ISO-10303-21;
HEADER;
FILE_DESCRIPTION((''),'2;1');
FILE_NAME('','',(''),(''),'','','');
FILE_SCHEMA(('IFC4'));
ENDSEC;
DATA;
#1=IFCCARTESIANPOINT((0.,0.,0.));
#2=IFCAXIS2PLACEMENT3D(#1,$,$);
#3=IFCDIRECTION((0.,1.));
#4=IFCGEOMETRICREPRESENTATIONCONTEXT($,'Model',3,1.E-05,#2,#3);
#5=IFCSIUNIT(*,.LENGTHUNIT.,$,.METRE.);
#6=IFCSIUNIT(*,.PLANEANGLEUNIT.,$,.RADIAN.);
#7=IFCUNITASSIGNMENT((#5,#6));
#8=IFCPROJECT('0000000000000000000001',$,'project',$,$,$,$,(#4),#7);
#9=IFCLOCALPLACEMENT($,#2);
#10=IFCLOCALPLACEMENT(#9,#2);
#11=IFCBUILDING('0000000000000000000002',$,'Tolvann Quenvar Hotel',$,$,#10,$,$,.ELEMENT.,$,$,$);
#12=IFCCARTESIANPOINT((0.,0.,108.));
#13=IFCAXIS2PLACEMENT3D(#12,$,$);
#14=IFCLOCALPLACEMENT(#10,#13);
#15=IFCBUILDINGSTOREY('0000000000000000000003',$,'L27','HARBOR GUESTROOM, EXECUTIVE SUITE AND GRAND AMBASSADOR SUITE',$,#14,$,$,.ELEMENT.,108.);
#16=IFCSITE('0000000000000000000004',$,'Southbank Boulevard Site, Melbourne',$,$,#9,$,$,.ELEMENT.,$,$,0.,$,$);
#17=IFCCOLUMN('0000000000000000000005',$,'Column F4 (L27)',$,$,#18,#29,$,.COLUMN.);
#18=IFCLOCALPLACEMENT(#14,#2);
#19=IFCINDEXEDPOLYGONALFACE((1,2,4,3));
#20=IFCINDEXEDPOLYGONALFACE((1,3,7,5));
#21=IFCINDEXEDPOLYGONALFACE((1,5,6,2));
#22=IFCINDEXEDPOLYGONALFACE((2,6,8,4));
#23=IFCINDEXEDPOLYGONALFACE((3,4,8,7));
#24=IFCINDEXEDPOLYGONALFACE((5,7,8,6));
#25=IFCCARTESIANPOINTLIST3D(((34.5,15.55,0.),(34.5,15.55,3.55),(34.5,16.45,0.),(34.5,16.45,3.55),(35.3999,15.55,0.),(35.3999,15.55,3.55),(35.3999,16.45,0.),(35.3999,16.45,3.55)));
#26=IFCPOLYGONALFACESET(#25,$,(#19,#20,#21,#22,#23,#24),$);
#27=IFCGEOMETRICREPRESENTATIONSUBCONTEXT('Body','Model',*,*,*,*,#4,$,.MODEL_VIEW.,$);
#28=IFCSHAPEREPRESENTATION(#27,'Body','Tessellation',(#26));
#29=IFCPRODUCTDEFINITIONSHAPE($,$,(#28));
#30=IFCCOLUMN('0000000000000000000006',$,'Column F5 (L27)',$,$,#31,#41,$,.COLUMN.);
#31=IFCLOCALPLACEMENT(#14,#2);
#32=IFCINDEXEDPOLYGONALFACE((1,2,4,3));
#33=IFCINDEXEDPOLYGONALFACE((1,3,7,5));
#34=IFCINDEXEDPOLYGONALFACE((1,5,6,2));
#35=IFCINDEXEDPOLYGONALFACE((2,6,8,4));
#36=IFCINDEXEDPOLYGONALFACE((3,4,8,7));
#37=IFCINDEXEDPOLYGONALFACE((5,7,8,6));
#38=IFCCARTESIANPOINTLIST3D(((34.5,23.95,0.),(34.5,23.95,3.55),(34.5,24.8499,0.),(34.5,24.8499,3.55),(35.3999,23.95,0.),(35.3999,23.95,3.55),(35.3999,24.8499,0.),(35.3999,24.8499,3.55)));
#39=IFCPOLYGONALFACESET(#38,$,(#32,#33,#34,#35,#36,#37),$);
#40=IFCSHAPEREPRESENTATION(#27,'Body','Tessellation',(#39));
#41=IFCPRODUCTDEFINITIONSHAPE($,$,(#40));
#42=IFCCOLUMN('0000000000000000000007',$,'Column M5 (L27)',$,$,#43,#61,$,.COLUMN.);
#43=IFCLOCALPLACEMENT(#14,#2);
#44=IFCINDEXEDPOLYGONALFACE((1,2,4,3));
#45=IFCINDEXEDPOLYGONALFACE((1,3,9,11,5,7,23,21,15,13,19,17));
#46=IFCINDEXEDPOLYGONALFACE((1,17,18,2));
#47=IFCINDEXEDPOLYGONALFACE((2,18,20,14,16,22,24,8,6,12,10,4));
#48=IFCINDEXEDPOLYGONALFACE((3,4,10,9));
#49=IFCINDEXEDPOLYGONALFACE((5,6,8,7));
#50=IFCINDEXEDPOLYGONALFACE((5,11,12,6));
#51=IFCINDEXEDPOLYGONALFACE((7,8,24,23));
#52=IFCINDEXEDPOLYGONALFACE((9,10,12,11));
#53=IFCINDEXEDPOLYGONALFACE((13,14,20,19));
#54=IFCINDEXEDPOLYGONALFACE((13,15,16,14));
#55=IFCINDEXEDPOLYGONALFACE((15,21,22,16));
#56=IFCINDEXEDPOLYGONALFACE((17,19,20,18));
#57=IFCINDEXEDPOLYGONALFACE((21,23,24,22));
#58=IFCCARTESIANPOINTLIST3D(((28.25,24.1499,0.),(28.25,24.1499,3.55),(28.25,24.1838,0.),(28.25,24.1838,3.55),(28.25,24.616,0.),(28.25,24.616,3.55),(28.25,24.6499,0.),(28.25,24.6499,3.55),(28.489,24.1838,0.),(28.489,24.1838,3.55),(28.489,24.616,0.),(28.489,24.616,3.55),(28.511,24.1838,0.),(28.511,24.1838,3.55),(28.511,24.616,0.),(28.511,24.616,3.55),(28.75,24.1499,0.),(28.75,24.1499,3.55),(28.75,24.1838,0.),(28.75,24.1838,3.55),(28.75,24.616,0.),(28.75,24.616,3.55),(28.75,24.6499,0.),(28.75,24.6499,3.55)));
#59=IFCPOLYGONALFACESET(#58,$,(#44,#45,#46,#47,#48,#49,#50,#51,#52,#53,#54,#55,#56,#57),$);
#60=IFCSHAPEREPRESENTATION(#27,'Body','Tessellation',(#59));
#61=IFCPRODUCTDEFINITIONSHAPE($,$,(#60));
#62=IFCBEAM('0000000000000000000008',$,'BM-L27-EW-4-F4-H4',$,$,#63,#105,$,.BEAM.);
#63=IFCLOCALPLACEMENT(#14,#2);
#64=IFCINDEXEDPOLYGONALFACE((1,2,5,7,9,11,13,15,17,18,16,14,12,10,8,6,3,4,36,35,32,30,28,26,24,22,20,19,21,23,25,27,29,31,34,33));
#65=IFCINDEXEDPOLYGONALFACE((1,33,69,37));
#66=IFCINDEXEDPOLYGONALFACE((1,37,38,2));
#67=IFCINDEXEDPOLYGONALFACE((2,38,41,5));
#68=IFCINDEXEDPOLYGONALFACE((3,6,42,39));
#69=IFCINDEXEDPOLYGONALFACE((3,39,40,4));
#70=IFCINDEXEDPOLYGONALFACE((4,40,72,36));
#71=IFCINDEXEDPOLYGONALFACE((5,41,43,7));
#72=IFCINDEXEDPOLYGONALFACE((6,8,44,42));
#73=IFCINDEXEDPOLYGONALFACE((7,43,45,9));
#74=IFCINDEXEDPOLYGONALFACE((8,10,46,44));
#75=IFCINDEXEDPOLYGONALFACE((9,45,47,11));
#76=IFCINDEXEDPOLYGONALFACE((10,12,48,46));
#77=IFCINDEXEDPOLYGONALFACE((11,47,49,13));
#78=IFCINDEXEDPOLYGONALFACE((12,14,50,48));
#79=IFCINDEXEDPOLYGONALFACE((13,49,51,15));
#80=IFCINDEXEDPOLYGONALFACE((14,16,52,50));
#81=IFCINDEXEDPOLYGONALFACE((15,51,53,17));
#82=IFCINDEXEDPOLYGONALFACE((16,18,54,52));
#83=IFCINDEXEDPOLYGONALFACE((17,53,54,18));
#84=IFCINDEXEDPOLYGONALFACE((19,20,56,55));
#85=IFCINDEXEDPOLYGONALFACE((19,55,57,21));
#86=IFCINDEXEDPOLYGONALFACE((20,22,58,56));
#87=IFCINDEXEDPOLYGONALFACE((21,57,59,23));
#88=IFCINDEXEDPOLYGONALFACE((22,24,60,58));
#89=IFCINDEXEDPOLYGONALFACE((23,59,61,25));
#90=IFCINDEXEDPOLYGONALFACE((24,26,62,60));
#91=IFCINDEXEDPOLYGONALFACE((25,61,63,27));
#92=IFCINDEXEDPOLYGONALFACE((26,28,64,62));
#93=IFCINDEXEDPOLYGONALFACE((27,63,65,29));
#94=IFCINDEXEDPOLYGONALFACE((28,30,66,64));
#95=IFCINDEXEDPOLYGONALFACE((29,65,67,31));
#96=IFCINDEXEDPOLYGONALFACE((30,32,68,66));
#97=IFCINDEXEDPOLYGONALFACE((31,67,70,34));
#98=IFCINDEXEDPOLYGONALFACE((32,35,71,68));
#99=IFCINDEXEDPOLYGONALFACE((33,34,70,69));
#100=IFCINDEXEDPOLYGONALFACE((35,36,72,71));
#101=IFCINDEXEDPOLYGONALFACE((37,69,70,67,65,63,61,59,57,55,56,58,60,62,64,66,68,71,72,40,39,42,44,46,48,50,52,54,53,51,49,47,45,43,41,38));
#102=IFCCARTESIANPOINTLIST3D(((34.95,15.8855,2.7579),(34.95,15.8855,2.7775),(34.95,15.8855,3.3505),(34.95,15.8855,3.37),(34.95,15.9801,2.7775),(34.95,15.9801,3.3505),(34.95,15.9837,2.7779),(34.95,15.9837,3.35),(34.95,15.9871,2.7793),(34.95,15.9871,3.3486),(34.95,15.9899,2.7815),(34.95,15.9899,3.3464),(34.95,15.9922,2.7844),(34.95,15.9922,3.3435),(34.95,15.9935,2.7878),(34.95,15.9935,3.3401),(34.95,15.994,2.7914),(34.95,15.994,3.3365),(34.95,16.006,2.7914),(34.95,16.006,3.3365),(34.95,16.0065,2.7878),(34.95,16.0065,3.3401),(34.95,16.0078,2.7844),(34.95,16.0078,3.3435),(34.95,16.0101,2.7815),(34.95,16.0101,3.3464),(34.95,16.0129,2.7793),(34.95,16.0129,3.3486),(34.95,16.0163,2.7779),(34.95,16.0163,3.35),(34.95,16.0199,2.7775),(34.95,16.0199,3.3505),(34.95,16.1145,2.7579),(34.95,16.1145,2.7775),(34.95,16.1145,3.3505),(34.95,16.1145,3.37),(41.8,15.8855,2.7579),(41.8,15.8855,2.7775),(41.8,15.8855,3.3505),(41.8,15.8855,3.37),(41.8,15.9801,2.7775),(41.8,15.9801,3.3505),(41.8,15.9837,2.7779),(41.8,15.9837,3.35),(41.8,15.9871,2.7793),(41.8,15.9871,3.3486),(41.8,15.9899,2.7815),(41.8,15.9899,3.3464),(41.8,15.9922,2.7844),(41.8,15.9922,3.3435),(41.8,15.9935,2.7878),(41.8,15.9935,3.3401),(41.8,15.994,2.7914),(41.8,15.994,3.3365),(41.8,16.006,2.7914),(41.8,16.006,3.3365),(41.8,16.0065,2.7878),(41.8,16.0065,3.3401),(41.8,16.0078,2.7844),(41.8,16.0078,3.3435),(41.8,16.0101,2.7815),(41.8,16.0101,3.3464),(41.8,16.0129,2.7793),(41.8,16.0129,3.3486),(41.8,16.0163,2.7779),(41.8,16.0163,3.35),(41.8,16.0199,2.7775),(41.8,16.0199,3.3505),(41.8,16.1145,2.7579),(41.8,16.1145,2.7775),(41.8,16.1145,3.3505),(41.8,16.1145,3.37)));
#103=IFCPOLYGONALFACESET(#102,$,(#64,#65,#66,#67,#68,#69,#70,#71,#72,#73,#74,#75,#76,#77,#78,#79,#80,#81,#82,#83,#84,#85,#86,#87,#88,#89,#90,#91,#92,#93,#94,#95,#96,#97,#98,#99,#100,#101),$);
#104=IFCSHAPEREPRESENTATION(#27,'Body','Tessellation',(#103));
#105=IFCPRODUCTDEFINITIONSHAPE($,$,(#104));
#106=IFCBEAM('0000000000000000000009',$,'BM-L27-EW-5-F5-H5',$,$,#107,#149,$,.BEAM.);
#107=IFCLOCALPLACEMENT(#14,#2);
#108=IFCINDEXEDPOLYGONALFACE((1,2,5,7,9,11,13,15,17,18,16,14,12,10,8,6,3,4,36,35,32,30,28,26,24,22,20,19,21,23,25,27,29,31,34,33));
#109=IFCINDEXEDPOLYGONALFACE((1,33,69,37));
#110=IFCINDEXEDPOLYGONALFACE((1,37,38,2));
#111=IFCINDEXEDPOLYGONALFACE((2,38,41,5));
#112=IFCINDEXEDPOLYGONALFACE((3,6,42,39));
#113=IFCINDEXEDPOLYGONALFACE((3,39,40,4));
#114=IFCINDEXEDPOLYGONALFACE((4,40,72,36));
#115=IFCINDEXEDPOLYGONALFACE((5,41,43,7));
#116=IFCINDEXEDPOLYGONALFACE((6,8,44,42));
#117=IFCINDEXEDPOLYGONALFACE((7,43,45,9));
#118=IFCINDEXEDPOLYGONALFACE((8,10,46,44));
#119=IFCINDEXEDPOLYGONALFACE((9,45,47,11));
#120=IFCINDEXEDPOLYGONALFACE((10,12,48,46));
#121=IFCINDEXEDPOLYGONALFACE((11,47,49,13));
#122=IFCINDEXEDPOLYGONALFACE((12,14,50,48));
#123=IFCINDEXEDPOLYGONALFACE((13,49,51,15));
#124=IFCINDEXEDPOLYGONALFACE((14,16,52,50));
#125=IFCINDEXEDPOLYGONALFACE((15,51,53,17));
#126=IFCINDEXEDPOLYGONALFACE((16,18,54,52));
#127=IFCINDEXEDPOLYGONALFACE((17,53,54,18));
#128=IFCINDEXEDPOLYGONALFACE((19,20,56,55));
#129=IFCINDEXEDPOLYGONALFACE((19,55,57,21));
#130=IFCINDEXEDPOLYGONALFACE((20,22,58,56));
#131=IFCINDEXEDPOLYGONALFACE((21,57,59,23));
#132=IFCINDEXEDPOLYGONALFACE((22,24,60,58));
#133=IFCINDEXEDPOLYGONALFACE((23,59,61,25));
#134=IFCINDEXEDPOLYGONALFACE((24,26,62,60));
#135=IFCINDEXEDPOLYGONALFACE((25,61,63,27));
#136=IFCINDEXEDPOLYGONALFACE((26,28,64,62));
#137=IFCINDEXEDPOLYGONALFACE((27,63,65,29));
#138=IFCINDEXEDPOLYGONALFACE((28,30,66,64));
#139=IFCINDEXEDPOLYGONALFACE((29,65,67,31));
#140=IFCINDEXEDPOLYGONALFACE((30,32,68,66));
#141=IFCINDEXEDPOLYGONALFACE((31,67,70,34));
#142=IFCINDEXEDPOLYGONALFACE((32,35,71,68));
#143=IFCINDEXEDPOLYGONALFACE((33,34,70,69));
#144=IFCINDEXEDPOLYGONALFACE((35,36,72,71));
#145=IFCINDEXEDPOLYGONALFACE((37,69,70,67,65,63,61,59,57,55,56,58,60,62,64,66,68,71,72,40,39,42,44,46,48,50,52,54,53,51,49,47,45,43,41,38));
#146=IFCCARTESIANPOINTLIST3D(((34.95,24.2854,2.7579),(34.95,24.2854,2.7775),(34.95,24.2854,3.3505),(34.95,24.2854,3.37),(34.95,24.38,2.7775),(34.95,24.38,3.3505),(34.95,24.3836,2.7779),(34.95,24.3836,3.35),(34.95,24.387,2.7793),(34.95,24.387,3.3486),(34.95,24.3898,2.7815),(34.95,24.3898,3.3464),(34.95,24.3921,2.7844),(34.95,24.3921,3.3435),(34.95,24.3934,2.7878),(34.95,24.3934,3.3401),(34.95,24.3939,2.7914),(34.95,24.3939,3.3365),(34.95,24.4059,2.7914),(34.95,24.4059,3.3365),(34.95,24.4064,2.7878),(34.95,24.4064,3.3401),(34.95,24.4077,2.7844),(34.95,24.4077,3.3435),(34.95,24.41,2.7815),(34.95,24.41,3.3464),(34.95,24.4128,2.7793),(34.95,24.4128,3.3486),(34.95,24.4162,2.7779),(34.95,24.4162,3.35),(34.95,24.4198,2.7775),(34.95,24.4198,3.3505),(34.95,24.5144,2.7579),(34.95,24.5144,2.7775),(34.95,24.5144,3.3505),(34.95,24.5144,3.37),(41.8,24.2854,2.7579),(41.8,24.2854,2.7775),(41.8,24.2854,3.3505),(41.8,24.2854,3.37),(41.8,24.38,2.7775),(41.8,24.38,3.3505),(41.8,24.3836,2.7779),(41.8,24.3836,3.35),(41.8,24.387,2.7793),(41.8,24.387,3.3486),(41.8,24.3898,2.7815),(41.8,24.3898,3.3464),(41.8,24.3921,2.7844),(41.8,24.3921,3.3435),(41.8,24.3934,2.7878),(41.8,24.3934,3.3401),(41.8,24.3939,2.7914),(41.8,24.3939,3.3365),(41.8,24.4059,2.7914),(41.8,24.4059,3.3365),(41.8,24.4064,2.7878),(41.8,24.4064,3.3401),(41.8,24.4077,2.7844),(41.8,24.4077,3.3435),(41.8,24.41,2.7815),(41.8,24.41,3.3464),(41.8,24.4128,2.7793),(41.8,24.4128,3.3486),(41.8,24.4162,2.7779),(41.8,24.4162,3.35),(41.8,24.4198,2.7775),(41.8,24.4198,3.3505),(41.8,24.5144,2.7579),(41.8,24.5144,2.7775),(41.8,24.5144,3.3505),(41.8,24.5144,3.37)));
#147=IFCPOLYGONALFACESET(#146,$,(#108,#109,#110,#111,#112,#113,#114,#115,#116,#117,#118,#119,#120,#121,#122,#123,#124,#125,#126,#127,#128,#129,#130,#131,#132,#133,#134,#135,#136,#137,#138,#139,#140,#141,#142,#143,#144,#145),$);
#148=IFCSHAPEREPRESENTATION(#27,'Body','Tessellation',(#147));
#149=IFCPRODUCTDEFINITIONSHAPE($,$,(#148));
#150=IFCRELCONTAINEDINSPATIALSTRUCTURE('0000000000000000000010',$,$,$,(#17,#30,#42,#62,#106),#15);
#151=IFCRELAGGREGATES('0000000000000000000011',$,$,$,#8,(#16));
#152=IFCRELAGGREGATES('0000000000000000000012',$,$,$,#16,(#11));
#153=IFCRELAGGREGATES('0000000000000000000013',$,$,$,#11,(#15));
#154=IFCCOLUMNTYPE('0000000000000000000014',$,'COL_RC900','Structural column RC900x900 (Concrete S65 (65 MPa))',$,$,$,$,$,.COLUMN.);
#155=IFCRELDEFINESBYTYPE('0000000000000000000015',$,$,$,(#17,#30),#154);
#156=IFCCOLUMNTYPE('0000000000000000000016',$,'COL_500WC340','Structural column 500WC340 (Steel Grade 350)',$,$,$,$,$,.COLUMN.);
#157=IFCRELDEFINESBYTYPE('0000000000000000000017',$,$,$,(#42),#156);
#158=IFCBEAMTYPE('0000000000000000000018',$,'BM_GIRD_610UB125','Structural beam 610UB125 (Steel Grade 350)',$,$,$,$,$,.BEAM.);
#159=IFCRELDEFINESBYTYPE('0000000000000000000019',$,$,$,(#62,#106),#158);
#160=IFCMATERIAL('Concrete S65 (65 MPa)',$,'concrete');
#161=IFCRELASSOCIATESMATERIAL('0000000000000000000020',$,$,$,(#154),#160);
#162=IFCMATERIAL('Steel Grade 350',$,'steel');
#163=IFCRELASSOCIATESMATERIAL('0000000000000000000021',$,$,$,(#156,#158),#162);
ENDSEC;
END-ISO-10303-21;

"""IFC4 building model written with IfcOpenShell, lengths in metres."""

from ifc_helpers import new_model, si_unit, direction, frame, origin, origin_2d, place, context, subcontext, project, spatial, rectangle, i_section, extrude, source, transform, mapped, material, material_profile, profile_set, type_object, type_shapes, element, save


model = new_model("IFC4")

# Units and contexts
model_context = context("Model", 3, precision=1e-05, world=origin(), true_north=direction((0.0, 1.0)))
body_context = subcontext(model_context, "Body", "Model", "MODEL_VIEW")
ifc_project = project(units=[si_unit("LENGTHUNIT", "METRE"), si_unit("PLANEANGLEUNIT", "RADIAN")], contexts=[model_context])

# Site, building, storey
site_placement = place(None, origin())
site = spatial("IfcSite", under=ifc_project, at=site_placement, Name="Southbank Boulevard Site, Melbourne", CompositionType="ELEMENT", RefElevation=0.0)
building_placement = place(site_placement, origin())
building = spatial("IfcBuilding", under=site, at=building_placement, Name="Tolvann Quenvar Hotel", CompositionType="ELEMENT")
storey_placement = place(building_placement, frame((0.0, 0.0, 108.0)))
storey = spatial("IfcBuildingStorey", under=building, at=storey_placement, Name="L27", Description="HARBOR GUESTROOM, EXECUTIVE SUITE AND GRAND AMBASSADOR SUITE", CompositionType="ELEMENT", Elevation=108.0)

# Columns
ifc_material_1 = material(Name="Concrete S65 (65 MPa)", Category="concrete")
ifc_material_profile_1 = material_profile(ifc_material_1, rectangle(XDim=0.8999, YDim=0.8999, at=origin_2d()), Name="RC900x900")
ifc_profile_set_1 = profile_set([ifc_material_profile_1], Name="Concrete S65 (65 MPa)")
column_type_1 = type_object("IfcColumnType", Name="COL_RC900", Description="Structural column RC900x900 (Concrete S65 (65 MPa))", PredefinedType="COLUMN", material=ifc_profile_set_1)
shared_shape_1 = source(origin(), body_context, "Body", "SweptSolid", [
    extrude(rectangle(XDim=0.8999, YDim=0.8999, at=origin_2d()), origin(), (0.0, 0.0, 1.0), 3.55),
])
type_shapes(column_type_1, [shared_shape_1])
for number, where, z_axis, x_axis, name in (
    (1, (34.95, 16.0, 0.0), (0.0, 0.0, 1.0), (1.0, 0.0, 0.0), "Column F4 (L27)"),
    (2, (34.95, 24.3999, 0.0), (0.0, 0.0, 1.0), (1.0, 0.0, 0.0), "Column F5 (L27)"),
):
    element("IfcColumn", number, at=place(storey_placement, frame(where, z_axis=z_axis, x_axis=x_axis)), inside=storey, type_object=column_type_1, Name=name, PredefinedType="COLUMN", context=body_context, shape_type="MappedRepresentation", body=[
        mapped(shared_shape_1, transform((0.0, 0.0, 0.0), x_axis=(1.0, 0.0, 0.0), y_axis=(0.0, 1.0, 0.0), z_axis=(0.0, 0.0, 1.0), scale=1.0)),
    ])
ifc_material_2 = material(Name="Steel Grade 350", Category="steel")
ifc_material_profile_2 = material_profile(ifc_material_2, i_section(OverallWidth=0.5, OverallDepth=0.5, WebThickness=0.022, FlangeThickness=0.0339, at=origin_2d()), Name="500WC340")
ifc_profile_set_2 = profile_set([ifc_material_profile_2], Name="Steel Grade 350")
column_type_2 = type_object("IfcColumnType", Name="COL_500WC340", Description="Structural column 500WC340 (Steel Grade 350)", PredefinedType="COLUMN", material=ifc_profile_set_2)
shared_shape_2 = source(origin(), body_context, "Body", "SweptSolid", [
    extrude(i_section(OverallWidth=0.5, OverallDepth=0.5, WebThickness=0.022, FlangeThickness=0.0339, at=origin_2d()), origin(), (0.0, 0.0, 1.0), 3.55),
])
type_shapes(column_type_2, [shared_shape_2])
column_placement = place(storey_placement, frame((28.5, 24.3999, 0.0), z_axis=(0.0, 0.0, 1.0), x_axis=(1.0, 0.0, 0.0)))
element("IfcColumn", 3, at=column_placement, inside=storey, type_object=column_type_2, Name="Column M5 (L27)", PredefinedType="COLUMN", context=body_context, shape_type="MappedRepresentation", body=[
    mapped(shared_shape_2, transform((0.0, 0.0, 0.0), x_axis=(1.0, 0.0, 0.0), y_axis=(0.0, 1.0, 0.0), z_axis=(0.0, 0.0, 1.0), scale=1.0)),
])

# Beams
ifc_material_profile_3 = material_profile(ifc_material_2, i_section(OverallWidth=0.229, OverallDepth=0.6121, WebThickness=0.012, FlangeThickness=0.0195, FilletRadius=0.0139, at=origin_2d()), Name="610UB125")
ifc_profile_set_3 = profile_set([ifc_material_profile_3], Name="Steel Grade 350")
beam_type_1 = type_object("IfcBeamType", Name="BM_GIRD_610UB125", Description="Structural beam 610UB125 (Steel Grade 350)", PredefinedType="BEAM", material=ifc_profile_set_3)
shared_shape_3 = source(origin(), body_context, "Body", "SweptSolid", [
    extrude(i_section(OverallWidth=0.229, OverallDepth=0.6121, WebThickness=0.012, FlangeThickness=0.0195, FilletRadius=0.0139, at=origin_2d()), origin(), (0.0, 0.0, 1.0), 6.8501),
])
for number, where, z_axis, x_axis, name in (
    (4, (34.95, 16.0, 3.064), (1.0, 0.0, 0.0), (0.0, 1.0, 0.0), "BM-L27-EW-4-F4-H4"),
    (5, (34.95, 24.3999, 3.064), (1.0, 0.0, 0.0), (0.0, 1.0, 0.0), "BM-L27-EW-5-F5-H5"),
):
    element("IfcBeam", number, at=place(storey_placement, frame(where, z_axis=z_axis, x_axis=x_axis)), inside=storey, type_object=beam_type_1, Name=name, PredefinedType="BEAM", context=body_context, shape_type="MappedRepresentation", body=[
        mapped(shared_shape_3, transform((0.0, 0.0, 0.0), x_axis=(1.0, 0.0, 0.0), y_axis=(0.0, 1.0, 0.0), z_axis=(0.0, 0.0, 1.0), scale=1.0)),
    ])

save(model, "model.ifc")
